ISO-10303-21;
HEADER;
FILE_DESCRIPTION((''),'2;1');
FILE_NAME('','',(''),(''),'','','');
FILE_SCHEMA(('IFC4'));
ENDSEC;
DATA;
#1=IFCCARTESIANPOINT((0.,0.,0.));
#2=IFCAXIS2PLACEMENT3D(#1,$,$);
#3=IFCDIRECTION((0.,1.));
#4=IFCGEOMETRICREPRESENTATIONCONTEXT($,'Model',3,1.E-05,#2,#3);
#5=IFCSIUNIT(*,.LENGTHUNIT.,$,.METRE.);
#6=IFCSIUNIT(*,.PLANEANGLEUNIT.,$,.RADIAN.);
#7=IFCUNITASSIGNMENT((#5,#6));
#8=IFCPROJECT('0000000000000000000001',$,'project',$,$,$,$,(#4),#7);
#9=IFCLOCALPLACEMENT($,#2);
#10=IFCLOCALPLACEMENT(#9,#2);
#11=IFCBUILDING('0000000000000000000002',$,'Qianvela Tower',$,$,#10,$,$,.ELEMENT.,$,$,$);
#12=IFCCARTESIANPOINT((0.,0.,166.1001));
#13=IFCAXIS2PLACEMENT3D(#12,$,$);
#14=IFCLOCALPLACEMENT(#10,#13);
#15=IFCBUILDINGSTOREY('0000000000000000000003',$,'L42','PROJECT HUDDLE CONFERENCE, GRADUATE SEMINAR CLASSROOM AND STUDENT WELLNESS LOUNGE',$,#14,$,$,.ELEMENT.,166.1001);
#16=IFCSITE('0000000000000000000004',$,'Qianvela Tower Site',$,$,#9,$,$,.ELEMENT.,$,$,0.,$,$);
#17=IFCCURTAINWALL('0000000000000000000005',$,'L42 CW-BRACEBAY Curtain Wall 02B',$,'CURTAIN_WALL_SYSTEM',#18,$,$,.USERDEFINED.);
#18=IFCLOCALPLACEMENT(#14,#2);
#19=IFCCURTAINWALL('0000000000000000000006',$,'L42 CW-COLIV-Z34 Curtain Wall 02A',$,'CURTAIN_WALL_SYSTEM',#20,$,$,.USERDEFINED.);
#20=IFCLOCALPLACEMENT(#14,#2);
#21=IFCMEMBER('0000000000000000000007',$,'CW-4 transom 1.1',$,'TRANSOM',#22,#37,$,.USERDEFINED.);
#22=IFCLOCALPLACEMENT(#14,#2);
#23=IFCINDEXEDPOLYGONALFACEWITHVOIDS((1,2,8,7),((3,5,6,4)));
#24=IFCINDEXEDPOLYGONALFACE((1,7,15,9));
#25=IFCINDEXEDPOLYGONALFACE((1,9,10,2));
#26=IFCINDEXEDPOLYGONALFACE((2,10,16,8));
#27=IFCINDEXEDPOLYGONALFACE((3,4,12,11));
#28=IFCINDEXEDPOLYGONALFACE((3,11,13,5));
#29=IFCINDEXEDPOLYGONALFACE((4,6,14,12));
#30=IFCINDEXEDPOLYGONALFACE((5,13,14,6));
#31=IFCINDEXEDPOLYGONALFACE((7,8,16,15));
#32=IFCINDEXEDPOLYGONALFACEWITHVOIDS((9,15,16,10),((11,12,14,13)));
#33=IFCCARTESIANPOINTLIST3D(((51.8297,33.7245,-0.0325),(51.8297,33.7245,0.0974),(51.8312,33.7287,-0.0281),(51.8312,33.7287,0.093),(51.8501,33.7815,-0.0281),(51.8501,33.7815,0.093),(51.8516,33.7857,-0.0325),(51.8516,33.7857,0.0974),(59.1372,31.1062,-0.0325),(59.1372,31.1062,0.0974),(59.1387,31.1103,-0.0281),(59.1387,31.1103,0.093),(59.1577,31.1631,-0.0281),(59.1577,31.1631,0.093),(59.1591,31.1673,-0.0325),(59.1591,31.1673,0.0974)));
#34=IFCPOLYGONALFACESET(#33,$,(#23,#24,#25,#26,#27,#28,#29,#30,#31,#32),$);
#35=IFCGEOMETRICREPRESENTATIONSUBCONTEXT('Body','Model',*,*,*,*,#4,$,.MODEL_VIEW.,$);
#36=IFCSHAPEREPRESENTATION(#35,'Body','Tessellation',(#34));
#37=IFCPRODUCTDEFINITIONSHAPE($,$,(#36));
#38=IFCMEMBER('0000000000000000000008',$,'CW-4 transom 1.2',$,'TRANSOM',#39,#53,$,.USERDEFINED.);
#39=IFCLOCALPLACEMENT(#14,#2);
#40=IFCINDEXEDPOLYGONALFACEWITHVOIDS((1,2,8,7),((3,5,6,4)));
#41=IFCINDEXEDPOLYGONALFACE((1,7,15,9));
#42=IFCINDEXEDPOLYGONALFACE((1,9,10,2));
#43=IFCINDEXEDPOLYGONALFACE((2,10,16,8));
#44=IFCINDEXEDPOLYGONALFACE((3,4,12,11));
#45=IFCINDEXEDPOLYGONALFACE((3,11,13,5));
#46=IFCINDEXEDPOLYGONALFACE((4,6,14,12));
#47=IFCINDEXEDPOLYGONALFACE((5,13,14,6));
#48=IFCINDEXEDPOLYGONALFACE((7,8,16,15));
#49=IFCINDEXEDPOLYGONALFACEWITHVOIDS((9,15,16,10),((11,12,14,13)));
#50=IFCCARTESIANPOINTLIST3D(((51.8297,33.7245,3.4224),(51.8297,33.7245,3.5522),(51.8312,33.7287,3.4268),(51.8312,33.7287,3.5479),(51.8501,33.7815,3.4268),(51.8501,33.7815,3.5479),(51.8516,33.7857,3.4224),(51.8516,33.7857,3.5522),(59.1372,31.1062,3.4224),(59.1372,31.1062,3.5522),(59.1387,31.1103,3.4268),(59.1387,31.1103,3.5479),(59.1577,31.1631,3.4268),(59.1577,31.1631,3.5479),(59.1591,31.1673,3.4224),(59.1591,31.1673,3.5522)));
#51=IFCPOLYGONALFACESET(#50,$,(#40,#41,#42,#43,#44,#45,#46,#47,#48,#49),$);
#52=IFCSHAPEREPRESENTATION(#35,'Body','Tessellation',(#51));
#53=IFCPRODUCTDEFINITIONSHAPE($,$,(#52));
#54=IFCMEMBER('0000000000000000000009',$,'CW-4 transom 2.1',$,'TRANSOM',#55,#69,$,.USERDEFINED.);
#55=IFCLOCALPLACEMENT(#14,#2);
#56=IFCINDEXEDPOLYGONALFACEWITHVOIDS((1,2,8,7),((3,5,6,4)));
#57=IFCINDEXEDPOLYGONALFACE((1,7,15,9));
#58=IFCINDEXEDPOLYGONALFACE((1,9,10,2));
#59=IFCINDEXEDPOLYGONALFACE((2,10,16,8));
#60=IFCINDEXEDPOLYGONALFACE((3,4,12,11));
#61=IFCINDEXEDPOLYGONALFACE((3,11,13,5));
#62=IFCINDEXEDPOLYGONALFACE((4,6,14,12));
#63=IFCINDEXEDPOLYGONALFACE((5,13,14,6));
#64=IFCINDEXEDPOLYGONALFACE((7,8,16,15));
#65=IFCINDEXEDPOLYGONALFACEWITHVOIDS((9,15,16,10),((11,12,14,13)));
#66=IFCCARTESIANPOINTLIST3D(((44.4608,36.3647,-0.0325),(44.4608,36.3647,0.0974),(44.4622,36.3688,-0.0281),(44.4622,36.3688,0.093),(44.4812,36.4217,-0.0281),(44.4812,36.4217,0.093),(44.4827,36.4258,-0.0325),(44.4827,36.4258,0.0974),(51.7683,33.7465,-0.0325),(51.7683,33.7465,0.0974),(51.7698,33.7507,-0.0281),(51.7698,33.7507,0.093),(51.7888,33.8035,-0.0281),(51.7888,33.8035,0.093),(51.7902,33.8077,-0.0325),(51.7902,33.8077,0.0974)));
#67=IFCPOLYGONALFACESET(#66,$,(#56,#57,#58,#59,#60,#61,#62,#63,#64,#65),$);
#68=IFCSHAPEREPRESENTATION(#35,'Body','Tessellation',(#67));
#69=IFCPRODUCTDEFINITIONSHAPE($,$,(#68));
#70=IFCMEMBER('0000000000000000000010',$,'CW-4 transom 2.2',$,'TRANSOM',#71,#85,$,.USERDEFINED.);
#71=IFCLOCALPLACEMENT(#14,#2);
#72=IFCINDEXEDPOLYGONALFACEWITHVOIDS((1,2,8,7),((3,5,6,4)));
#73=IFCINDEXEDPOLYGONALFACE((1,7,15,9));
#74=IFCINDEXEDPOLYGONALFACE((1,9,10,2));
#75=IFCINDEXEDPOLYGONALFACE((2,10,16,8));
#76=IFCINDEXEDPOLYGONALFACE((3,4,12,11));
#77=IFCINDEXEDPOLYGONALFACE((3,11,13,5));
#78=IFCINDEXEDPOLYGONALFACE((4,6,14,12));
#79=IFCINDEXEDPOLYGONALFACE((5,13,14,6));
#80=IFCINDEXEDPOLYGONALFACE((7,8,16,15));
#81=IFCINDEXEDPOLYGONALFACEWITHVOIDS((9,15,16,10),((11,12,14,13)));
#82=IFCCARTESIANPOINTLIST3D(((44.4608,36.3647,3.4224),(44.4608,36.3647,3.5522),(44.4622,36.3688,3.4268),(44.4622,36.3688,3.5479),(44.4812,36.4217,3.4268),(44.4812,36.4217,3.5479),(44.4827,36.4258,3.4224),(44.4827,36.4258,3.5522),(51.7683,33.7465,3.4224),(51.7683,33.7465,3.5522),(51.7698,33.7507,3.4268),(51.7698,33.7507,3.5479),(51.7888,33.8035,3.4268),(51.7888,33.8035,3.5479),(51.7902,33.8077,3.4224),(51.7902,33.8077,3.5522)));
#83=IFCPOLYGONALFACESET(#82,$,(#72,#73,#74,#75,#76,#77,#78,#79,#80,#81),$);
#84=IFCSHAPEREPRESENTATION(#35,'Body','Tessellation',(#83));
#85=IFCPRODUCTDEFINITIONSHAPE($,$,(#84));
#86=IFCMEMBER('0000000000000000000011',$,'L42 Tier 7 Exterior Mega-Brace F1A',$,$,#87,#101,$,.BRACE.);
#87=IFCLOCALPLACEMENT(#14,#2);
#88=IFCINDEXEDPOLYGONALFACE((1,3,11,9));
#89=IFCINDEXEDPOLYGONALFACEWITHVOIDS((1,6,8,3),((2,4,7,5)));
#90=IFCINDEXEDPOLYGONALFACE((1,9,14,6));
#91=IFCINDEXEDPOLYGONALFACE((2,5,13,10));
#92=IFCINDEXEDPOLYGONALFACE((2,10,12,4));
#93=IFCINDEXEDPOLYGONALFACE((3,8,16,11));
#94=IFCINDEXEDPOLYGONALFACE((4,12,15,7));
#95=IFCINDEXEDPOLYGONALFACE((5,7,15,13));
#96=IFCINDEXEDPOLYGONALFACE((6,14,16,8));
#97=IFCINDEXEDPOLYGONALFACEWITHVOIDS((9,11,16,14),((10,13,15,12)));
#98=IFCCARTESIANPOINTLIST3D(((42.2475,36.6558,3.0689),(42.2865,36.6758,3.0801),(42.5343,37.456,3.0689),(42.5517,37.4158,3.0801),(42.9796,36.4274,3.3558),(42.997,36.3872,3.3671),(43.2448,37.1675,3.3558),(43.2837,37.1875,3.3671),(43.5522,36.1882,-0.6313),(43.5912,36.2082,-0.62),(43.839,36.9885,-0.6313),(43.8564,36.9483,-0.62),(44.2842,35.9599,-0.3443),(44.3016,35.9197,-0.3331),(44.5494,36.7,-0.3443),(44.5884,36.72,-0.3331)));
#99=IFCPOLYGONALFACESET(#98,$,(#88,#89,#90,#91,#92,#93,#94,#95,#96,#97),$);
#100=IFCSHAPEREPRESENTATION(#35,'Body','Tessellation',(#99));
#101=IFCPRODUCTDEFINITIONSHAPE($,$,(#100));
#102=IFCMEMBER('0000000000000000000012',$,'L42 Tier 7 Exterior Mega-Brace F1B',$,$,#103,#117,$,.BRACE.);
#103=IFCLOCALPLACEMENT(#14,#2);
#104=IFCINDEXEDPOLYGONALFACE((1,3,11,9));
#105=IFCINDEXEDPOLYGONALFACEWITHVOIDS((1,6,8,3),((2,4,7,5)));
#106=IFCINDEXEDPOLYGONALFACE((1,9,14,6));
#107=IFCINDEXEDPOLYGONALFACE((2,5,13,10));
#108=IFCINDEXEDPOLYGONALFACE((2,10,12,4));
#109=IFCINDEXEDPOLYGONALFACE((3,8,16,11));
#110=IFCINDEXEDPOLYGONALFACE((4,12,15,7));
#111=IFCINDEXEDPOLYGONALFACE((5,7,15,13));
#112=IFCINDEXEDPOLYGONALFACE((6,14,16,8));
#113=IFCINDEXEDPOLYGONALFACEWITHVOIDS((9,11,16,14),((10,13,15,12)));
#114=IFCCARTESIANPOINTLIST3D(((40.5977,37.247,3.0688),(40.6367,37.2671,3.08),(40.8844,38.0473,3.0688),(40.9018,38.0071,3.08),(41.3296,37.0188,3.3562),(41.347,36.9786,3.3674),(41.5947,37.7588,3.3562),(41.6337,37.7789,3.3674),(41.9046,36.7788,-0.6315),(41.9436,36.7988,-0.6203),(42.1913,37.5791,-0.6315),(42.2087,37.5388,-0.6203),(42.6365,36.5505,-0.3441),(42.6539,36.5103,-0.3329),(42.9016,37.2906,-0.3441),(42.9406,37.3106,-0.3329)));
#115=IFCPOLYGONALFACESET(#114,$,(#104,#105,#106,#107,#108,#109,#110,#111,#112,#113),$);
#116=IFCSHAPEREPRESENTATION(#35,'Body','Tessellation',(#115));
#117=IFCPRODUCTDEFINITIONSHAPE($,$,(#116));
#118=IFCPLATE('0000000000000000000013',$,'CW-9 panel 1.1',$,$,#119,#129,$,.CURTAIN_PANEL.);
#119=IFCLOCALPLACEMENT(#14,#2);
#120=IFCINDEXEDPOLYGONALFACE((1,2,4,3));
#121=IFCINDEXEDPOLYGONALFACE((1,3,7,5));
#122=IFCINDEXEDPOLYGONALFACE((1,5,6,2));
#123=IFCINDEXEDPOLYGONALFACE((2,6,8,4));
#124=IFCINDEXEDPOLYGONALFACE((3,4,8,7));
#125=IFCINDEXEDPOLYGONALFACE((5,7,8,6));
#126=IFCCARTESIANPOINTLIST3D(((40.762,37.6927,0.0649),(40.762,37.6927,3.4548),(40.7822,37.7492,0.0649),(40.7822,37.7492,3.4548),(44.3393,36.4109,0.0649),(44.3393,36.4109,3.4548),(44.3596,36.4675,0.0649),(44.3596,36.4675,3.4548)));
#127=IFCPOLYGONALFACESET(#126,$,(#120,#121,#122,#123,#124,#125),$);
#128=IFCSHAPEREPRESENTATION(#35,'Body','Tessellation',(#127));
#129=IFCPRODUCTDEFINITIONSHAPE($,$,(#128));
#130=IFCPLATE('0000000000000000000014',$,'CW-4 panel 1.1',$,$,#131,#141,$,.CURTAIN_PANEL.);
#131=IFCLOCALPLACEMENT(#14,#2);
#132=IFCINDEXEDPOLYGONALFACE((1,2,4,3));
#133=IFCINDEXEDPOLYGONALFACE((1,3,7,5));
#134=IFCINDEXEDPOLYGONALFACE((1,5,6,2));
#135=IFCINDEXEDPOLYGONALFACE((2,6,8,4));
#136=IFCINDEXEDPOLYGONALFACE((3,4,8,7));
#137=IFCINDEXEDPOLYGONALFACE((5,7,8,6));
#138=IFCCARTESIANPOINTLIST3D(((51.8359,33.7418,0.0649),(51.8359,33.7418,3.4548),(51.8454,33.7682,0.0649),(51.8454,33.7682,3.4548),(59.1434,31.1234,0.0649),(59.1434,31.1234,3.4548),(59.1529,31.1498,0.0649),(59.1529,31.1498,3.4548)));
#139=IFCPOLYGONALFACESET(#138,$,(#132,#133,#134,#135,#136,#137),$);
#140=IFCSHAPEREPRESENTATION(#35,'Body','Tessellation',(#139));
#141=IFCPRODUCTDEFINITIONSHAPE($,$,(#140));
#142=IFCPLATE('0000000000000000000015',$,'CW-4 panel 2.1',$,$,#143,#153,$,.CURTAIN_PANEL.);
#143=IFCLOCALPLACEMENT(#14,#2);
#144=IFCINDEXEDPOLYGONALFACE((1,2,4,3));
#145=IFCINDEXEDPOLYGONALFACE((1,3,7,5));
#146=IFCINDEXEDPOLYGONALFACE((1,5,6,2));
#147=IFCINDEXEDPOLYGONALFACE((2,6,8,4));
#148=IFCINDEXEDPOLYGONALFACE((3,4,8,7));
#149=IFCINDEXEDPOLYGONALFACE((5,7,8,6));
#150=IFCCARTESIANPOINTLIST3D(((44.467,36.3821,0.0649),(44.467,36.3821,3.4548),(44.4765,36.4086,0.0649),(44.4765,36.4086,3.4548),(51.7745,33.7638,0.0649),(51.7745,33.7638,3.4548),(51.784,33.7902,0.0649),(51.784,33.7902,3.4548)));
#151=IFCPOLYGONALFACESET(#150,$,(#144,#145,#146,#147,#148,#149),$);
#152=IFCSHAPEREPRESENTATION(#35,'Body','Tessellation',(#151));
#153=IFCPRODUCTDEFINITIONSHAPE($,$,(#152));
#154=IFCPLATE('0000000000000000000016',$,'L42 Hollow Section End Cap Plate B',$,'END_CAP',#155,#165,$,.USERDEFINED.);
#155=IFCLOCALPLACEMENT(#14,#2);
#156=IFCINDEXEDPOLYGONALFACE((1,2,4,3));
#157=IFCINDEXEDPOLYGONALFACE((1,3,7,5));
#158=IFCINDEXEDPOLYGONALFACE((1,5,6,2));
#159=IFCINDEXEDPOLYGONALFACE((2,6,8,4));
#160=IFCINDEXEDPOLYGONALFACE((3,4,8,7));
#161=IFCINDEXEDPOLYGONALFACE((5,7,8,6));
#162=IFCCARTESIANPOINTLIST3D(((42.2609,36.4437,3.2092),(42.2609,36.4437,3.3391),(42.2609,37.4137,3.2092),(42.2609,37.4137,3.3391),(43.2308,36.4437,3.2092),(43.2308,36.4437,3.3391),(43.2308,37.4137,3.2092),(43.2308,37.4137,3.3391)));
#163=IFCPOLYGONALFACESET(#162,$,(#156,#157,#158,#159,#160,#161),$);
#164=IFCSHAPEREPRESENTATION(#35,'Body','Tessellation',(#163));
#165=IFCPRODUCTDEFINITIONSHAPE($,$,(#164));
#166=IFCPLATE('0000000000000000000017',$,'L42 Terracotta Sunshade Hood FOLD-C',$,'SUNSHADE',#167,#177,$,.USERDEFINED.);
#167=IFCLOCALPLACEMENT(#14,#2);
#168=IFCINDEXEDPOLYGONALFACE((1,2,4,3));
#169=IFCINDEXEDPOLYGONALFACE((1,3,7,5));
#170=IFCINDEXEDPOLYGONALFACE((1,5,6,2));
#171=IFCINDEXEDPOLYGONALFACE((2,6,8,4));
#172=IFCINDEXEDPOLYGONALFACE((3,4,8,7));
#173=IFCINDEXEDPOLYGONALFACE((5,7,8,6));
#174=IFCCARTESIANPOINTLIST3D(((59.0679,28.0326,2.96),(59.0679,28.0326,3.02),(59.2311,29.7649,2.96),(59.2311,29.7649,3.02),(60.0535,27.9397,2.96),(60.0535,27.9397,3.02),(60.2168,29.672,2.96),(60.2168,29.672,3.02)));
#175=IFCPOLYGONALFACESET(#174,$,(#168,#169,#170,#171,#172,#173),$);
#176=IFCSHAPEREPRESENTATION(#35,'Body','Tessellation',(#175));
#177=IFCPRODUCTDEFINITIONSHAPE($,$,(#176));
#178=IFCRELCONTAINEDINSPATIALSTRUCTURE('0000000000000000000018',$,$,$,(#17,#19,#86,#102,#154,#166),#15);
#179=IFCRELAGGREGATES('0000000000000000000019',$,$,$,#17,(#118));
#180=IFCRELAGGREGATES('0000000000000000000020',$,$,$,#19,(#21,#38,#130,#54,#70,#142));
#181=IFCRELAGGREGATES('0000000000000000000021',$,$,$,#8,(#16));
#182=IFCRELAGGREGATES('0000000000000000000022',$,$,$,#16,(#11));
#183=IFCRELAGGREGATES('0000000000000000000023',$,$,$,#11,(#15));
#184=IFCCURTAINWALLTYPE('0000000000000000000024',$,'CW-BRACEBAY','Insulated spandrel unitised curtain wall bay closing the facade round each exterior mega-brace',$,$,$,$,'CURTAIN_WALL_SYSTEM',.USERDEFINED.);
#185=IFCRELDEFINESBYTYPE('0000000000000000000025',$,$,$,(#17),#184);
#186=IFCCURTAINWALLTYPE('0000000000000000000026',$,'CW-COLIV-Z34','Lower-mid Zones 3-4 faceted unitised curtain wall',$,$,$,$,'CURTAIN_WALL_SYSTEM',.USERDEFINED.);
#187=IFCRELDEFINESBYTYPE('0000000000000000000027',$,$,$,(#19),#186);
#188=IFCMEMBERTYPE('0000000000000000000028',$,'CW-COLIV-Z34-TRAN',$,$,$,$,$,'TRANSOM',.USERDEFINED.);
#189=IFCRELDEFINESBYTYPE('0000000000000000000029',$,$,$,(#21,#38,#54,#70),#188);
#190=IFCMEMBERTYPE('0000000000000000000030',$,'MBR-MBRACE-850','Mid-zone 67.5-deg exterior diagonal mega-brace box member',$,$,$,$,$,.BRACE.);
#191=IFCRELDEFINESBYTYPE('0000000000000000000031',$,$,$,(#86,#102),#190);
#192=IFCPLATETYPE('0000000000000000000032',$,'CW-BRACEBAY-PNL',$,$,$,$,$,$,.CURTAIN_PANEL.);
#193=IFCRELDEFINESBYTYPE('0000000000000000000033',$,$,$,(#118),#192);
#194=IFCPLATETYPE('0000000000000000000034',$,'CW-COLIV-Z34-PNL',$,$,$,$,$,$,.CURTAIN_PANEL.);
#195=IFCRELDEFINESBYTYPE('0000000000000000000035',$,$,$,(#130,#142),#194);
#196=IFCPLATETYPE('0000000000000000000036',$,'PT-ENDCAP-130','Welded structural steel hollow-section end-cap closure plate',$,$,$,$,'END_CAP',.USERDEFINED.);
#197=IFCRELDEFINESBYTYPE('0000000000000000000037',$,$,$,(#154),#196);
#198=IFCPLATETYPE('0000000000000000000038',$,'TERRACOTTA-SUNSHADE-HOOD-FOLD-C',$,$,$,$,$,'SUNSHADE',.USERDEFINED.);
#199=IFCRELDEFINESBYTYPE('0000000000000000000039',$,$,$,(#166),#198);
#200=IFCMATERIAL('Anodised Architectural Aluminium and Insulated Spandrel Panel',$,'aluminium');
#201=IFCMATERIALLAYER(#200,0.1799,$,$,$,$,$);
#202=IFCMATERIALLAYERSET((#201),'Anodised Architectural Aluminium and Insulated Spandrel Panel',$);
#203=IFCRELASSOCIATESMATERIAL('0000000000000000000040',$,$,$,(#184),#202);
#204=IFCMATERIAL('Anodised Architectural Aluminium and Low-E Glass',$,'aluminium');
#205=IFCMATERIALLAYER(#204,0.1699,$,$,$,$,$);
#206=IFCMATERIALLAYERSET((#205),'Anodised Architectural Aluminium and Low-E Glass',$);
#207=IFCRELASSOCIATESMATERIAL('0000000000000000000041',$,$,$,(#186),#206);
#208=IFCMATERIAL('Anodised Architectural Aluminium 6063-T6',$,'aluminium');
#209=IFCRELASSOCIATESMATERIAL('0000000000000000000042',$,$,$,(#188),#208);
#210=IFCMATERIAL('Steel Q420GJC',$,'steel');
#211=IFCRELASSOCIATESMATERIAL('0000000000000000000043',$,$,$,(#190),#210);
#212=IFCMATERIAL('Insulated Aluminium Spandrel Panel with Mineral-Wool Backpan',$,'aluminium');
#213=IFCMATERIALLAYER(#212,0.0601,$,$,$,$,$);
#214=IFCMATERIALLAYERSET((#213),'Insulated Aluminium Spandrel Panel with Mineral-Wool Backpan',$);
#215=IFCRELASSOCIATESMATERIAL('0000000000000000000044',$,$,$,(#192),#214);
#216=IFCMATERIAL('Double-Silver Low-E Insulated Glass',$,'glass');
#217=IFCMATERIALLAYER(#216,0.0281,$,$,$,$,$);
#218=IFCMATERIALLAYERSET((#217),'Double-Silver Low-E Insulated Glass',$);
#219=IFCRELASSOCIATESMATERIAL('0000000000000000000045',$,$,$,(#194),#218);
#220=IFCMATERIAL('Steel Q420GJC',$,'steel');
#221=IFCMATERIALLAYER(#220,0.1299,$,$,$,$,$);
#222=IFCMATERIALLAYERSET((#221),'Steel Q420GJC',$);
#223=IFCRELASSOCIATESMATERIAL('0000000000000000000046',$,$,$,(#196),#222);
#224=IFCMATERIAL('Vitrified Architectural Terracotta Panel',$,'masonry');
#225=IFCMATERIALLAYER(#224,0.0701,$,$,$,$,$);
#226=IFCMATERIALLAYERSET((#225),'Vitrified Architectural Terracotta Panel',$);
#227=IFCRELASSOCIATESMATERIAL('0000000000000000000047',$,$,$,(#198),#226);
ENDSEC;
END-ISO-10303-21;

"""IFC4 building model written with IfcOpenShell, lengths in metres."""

from ifc_helpers import new_model, si_unit, direction, frame, origin, origin_2d, place, context, subcontext, project, spatial, rectangle, hollow_rectangle, extrude, material, layer, layer_set, material_profile, profile_set, type_object, element, aggregate, save


model = new_model("IFC4")

# Units and contexts
model_context = context("Model", 3, precision=1e-05, world=origin(), true_north=direction((0.0, 1.0)))
body_context = subcontext(model_context, "Body", "Model", "MODEL_VIEW")
ifc_project = project(units=[si_unit("LENGTHUNIT", "METRE"), si_unit("PLANEANGLEUNIT", "RADIAN")], contexts=[model_context])

# Site, building, storey
site_placement = place(None, origin())
site = spatial("IfcSite", under=ifc_project, at=site_placement, Name="Qianvela Tower Site", CompositionType="ELEMENT", RefElevation=0.0)
building_placement = place(site_placement, origin())
building = spatial("IfcBuilding", under=site, at=building_placement, Name="Qianvela Tower", CompositionType="ELEMENT")
storey_placement = place(building_placement, frame((0.0, 0.0, 166.1001)))
storey = spatial("IfcBuildingStorey", under=building, at=storey_placement, Name="L42", Description="PROJECT HUDDLE CONFERENCE, GRADUATE SEMINAR CLASSROOM AND STUDENT WELLNESS LOUNGE", CompositionType="ELEMENT", Elevation=166.1001)

# Curtain walls, members
ifc_material_1 = material(Name="Anodised Architectural Aluminium and Insulated Spandrel Panel", Category="aluminium")
ifc_layer_1 = layer(ifc_material_1, 0.1799)
ifc_layer_set_1 = layer_set([ifc_layer_1], Name="Anodised Architectural Aluminium and Insulated Spandrel Panel")
curtain_wall_type_1 = type_object("IfcCurtainWallType", Name="CW-BRACEBAY", Description="Insulated spandrel unitised curtain wall bay closing the facade round each exterior mega-brace", ElementType="CURTAIN_WALL_SYSTEM", PredefinedType="USERDEFINED", material=ifc_layer_set_1)
curtain_wall_1_placement = place(storey_placement, origin())
curtain_wall_1 = element("IfcCurtainWall", 1, at=curtain_wall_1_placement, inside=storey, type_object=curtain_wall_type_1, Name="L42 CW-BRACEBAY Curtain Wall 02B", ObjectType="CURTAIN_WALL_SYSTEM", PredefinedType="USERDEFINED")
ifc_material_2 = material(Name="Anodised Architectural Aluminium and Low-E Glass", Category="aluminium")
ifc_layer_2 = layer(ifc_material_2, 0.1699)
ifc_layer_set_2 = layer_set([ifc_layer_2], Name="Anodised Architectural Aluminium and Low-E Glass")
curtain_wall_type_2 = type_object("IfcCurtainWallType", Name="CW-COLIV-Z34", Description="Lower-mid Zones 3-4 faceted unitised curtain wall", ElementType="CURTAIN_WALL_SYSTEM", PredefinedType="USERDEFINED", material=ifc_layer_set_2)
curtain_wall_2_placement = place(storey_placement, origin())
curtain_wall_2 = element("IfcCurtainWall", 2, at=curtain_wall_2_placement, inside=storey, type_object=curtain_wall_type_2, Name="L42 CW-COLIV-Z34 Curtain Wall 02A", ObjectType="CURTAIN_WALL_SYSTEM", PredefinedType="USERDEFINED")
ifc_material_3 = material(Name="Anodised Architectural Aluminium 6063-T6", Category="aluminium")
ifc_material_profile_1 = material_profile(ifc_material_3, hollow_rectangle(XDim=0.0649, YDim=0.1299, WallThickness=0.0044, at=origin_2d()), Name="ALU-TRAN-65x130")
ifc_profile_set_1 = profile_set([ifc_material_profile_1], Name="Anodised Architectural Aluminium 6063-T6")
member_type_1 = type_object("IfcMemberType", Name="CW-COLIV-Z34-TRAN", ElementType="TRANSOM", PredefinedType="USERDEFINED", material=ifc_profile_set_1)
member_1_placement = place(storey_placement, frame((59.1482, 31.1367, 0.0325), z_axis=(-0.941393, 0.337312, 0.0), x_axis=(-0.337312, -0.941393, 0.0)))
member_1 = element("IfcMember", 3, at=member_1_placement, type_object=member_type_1, Name="CW-4 transom 1.1", ObjectType="TRANSOM", PredefinedType="USERDEFINED", context=body_context, shape_type="SweptSolid", body=[
    extrude(hollow_rectangle(XDim=0.0649, YDim=0.1299, WallThickness=0.0044, at=origin_2d()), origin(), (0.0, 0.0, 1.0), 7.7625),
])
member_2_placement = place(storey_placement, frame((59.1482, 31.1367, 3.4873), z_axis=(-0.941393, 0.337312, 0.0), x_axis=(-0.337312, -0.941393, 0.0)))
member_2 = element("IfcMember", 4, at=member_2_placement, type_object=member_type_1, Name="CW-4 transom 1.2", ObjectType="TRANSOM", PredefinedType="USERDEFINED", context=body_context, shape_type="SweptSolid", body=[
    extrude(hollow_rectangle(XDim=0.0649, YDim=0.1299, WallThickness=0.0044, at=origin_2d()), origin(), (0.0, 0.0, 1.0), 7.7625),
])
member_3_placement = place(storey_placement, frame((51.7793, 33.7771, 0.0325), z_axis=(-0.941403, 0.337285, 0.0), x_axis=(-0.337285, -0.941403, 0.0)))
member_3 = element("IfcMember", 5, at=member_3_placement, type_object=member_type_1, Name="CW-4 transom 2.1", ObjectType="TRANSOM", PredefinedType="USERDEFINED", context=body_context, shape_type="SweptSolid", body=[
    extrude(hollow_rectangle(XDim=0.0649, YDim=0.1299, WallThickness=0.0044, at=origin_2d()), origin(), (0.0, 0.0, 1.0), 7.7625),
])
member_4_placement = place(storey_placement, frame((51.7793, 33.7771, 3.4873), z_axis=(-0.941403, 0.337285, 0.0), x_axis=(-0.337285, -0.941403, 0.0)))
member_4 = element("IfcMember", 6, at=member_4_placement, type_object=member_type_1, Name="CW-4 transom 2.2", ObjectType="TRANSOM", PredefinedType="USERDEFINED", context=body_context, shape_type="SweptSolid", body=[
    extrude(hollow_rectangle(XDim=0.0649, YDim=0.1299, WallThickness=0.0044, at=origin_2d()), origin(), (0.0, 0.0, 1.0), 7.7625),
])

# Members
ifc_material_4 = material(Name="Steel Q420GJC", Category="steel")
ifc_material_profile_2 = material_profile(ifc_material_4, hollow_rectangle(XDim=0.8501, YDim=0.8501, WallThickness=0.032, at=origin_2d()), Name="MBOX-850x850x32")
ifc_profile_set_2 = profile_set([ifc_material_profile_2], Name="Steel Q420GJC")
member_type_2 = type_object("IfcMemberType", Name="MBR-MBRACE-850", Description="Mid-zone 67.5-deg exterior diagonal mega-brace box member", PredefinedType="BRACE", material=ifc_profile_set_2)
member_5_placement = place(storey_placement, frame((44.0703, 36.4541, -0.4822), z_axis=(-0.330198, 0.118325, 0.936466), x_axis=(-0.337341, -0.941383, 0.0)))
element("IfcMember", 7, at=member_5_placement, inside=storey, type_object=member_type_2, Name="L42 Tier 7 Exterior Mega-Brace F1A", PredefinedType="BRACE", context=body_context, shape_type="SweptSolid", body=[
    extrude(hollow_rectangle(XDim=0.8501, YDim=0.8501, WallThickness=0.032, at=origin_2d()), origin(), (0.0, 0.0, 1.0), 3.9512),
])
member_6_placement = place(storey_placement, frame((42.4226, 37.0447, -0.4822), z_axis=(-0.330686, 0.118486, 0.936274), x_axis=(-0.337305, -0.941395, 0.0)))
element("IfcMember", 8, at=member_6_placement, inside=storey, type_object=member_type_2, Name="L42 Tier 7 Exterior Mega-Brace F1B", PredefinedType="BRACE", context=body_context, shape_type="SweptSolid", body=[
    extrude(hollow_rectangle(XDim=0.8501, YDim=0.8501, WallThickness=0.032, at=origin_2d()), origin(), (0.0, 0.0, 1.0), 3.9521),
])

# Plates
ifc_material_5 = material(Name="Insulated Aluminium Spandrel Panel with Mineral-Wool Backpan", Category="aluminium")
ifc_layer_3 = layer(ifc_material_5, 0.0601)
ifc_layer_set_3 = layer_set([ifc_layer_3], Name="Insulated Aluminium Spandrel Panel with Mineral-Wool Backpan")
plate_type_1 = type_object("IfcPlateType", Name="CW-BRACEBAY-PNL", PredefinedType="CURTAIN_PANEL", material=ifc_layer_set_3)
plate_1_placement = place(storey_placement, frame((42.5608, 37.0801, 0.0649), z_axis=(0.0, 0.0, 1.0), x_axis=(-0.941397, 0.337302, 0.0)))
plate_1 = element("IfcPlate", 9, at=plate_1_placement, type_object=plate_type_1, Name="CW-9 panel 1.1", PredefinedType="CURTAIN_PANEL", context=body_context, shape_type="SweptSolid", body=[
    extrude(rectangle(XDim=3.8, YDim=0.0601, at=origin_2d()), origin(), (0.0, 0.0, 1.0), 3.3899),
])
aggregate(curtain_wall_1, [plate_1])
ifc_material_6 = material(Name="Double-Silver Low-E Insulated Glass", Category="glass")
ifc_layer_4 = layer(ifc_material_6, 0.0281)
ifc_layer_set_4 = layer_set([ifc_layer_4], Name="Double-Silver Low-E Insulated Glass")
plate_type_2 = type_object("IfcPlateType", Name="CW-COLIV-Z34-PNL", PredefinedType="CURTAIN_PANEL", material=ifc_layer_set_4)
plate_2_placement = place(storey_placement, frame((55.4944, 32.4458, 0.0649), z_axis=(0.0, 0.0, 1.0), x_axis=(-0.941394, 0.337309, 0.0)))
plate_2 = element("IfcPlate", 10, at=plate_2_placement, type_object=plate_type_2, Name="CW-4 panel 1.1", PredefinedType="CURTAIN_PANEL", context=body_context, shape_type="SweptSolid", body=[
    extrude(rectangle(XDim=7.7625, YDim=0.0281, at=origin_2d()), origin(), (0.0, 0.0, 1.0), 3.3899),
])
plate_3_placement = place(storey_placement, frame((48.1255, 35.0862, 0.0649), z_axis=(0.0, 0.0, 1.0), x_axis=(-0.941394, 0.337309, 0.0)))
plate_3 = element("IfcPlate", 11, at=plate_3_placement, type_object=plate_type_2, Name="CW-4 panel 2.1", PredefinedType="CURTAIN_PANEL", context=body_context, shape_type="SweptSolid", body=[
    extrude(rectangle(XDim=7.7625, YDim=0.0281, at=origin_2d()), origin(), (0.0, 0.0, 1.0), 3.3899),
])
aggregate(curtain_wall_2, [member_1, member_2, plate_2, member_3, member_4, plate_3])

# Plates
ifc_material_7 = material(Name="Steel Q420GJC", Category="steel")
ifc_layer_5 = layer(ifc_material_7, 0.1299)
ifc_layer_set_5 = layer_set([ifc_layer_5], Name="Steel Q420GJC")
plate_type_3 = type_object("IfcPlateType", Name="PT-ENDCAP-130", Description="Welded structural steel hollow-section end-cap closure plate", ElementType="END_CAP", PredefinedType="USERDEFINED", material=ifc_layer_set_5)
plate_4_placement = place(storey_placement, frame((42.7458, 36.9287, 3.2092), z_axis=(0.0, 0.0, 1.0), x_axis=(1.0, 0.0, 0.0)))
element("IfcPlate", 12, at=plate_4_placement, inside=storey, type_object=plate_type_3, Name="L42 Hollow Section End Cap Plate B", ObjectType="END_CAP", PredefinedType="USERDEFINED", context=body_context, shape_type="SweptSolid", body=[
    extrude(rectangle(XDim=0.97, YDim=0.97, at=origin_2d()), origin(), (0.0, 0.0, 1.0), 0.1299),
])
ifc_material_8 = material(Name="Vitrified Architectural Terracotta Panel", Category="masonry")
ifc_layer_6 = layer(ifc_material_8, 0.0701)
ifc_layer_set_6 = layer_set([ifc_layer_6], Name="Vitrified Architectural Terracotta Panel")
plate_type_4 = type_object("IfcPlateType", Name="TERRACOTTA-SUNSHADE-HOOD-FOLD-C", ElementType="SUNSHADE", PredefinedType="USERDEFINED", material=ifc_layer_set_6)
plate_5_placement = place(storey_placement, frame((59.6423, 28.8523, 2.96), z_axis=(0.0, 0.0, 1.0), x_axis=(0.093822, 0.995589, 0.0)))
element("IfcPlate", 13, at=plate_5_placement, inside=storey, type_object=plate_type_4, Name="L42 Terracotta Sunshade Hood FOLD-C", ObjectType="SUNSHADE", PredefinedType="USERDEFINED", context=body_context, shape_type="SweptSolid", body=[
    extrude(rectangle(XDim=1.74, YDim=0.99, at=origin_2d()), origin(), (0.0, 0.0, 1.0), 0.0601),
])

save(model, "model.ifc")
